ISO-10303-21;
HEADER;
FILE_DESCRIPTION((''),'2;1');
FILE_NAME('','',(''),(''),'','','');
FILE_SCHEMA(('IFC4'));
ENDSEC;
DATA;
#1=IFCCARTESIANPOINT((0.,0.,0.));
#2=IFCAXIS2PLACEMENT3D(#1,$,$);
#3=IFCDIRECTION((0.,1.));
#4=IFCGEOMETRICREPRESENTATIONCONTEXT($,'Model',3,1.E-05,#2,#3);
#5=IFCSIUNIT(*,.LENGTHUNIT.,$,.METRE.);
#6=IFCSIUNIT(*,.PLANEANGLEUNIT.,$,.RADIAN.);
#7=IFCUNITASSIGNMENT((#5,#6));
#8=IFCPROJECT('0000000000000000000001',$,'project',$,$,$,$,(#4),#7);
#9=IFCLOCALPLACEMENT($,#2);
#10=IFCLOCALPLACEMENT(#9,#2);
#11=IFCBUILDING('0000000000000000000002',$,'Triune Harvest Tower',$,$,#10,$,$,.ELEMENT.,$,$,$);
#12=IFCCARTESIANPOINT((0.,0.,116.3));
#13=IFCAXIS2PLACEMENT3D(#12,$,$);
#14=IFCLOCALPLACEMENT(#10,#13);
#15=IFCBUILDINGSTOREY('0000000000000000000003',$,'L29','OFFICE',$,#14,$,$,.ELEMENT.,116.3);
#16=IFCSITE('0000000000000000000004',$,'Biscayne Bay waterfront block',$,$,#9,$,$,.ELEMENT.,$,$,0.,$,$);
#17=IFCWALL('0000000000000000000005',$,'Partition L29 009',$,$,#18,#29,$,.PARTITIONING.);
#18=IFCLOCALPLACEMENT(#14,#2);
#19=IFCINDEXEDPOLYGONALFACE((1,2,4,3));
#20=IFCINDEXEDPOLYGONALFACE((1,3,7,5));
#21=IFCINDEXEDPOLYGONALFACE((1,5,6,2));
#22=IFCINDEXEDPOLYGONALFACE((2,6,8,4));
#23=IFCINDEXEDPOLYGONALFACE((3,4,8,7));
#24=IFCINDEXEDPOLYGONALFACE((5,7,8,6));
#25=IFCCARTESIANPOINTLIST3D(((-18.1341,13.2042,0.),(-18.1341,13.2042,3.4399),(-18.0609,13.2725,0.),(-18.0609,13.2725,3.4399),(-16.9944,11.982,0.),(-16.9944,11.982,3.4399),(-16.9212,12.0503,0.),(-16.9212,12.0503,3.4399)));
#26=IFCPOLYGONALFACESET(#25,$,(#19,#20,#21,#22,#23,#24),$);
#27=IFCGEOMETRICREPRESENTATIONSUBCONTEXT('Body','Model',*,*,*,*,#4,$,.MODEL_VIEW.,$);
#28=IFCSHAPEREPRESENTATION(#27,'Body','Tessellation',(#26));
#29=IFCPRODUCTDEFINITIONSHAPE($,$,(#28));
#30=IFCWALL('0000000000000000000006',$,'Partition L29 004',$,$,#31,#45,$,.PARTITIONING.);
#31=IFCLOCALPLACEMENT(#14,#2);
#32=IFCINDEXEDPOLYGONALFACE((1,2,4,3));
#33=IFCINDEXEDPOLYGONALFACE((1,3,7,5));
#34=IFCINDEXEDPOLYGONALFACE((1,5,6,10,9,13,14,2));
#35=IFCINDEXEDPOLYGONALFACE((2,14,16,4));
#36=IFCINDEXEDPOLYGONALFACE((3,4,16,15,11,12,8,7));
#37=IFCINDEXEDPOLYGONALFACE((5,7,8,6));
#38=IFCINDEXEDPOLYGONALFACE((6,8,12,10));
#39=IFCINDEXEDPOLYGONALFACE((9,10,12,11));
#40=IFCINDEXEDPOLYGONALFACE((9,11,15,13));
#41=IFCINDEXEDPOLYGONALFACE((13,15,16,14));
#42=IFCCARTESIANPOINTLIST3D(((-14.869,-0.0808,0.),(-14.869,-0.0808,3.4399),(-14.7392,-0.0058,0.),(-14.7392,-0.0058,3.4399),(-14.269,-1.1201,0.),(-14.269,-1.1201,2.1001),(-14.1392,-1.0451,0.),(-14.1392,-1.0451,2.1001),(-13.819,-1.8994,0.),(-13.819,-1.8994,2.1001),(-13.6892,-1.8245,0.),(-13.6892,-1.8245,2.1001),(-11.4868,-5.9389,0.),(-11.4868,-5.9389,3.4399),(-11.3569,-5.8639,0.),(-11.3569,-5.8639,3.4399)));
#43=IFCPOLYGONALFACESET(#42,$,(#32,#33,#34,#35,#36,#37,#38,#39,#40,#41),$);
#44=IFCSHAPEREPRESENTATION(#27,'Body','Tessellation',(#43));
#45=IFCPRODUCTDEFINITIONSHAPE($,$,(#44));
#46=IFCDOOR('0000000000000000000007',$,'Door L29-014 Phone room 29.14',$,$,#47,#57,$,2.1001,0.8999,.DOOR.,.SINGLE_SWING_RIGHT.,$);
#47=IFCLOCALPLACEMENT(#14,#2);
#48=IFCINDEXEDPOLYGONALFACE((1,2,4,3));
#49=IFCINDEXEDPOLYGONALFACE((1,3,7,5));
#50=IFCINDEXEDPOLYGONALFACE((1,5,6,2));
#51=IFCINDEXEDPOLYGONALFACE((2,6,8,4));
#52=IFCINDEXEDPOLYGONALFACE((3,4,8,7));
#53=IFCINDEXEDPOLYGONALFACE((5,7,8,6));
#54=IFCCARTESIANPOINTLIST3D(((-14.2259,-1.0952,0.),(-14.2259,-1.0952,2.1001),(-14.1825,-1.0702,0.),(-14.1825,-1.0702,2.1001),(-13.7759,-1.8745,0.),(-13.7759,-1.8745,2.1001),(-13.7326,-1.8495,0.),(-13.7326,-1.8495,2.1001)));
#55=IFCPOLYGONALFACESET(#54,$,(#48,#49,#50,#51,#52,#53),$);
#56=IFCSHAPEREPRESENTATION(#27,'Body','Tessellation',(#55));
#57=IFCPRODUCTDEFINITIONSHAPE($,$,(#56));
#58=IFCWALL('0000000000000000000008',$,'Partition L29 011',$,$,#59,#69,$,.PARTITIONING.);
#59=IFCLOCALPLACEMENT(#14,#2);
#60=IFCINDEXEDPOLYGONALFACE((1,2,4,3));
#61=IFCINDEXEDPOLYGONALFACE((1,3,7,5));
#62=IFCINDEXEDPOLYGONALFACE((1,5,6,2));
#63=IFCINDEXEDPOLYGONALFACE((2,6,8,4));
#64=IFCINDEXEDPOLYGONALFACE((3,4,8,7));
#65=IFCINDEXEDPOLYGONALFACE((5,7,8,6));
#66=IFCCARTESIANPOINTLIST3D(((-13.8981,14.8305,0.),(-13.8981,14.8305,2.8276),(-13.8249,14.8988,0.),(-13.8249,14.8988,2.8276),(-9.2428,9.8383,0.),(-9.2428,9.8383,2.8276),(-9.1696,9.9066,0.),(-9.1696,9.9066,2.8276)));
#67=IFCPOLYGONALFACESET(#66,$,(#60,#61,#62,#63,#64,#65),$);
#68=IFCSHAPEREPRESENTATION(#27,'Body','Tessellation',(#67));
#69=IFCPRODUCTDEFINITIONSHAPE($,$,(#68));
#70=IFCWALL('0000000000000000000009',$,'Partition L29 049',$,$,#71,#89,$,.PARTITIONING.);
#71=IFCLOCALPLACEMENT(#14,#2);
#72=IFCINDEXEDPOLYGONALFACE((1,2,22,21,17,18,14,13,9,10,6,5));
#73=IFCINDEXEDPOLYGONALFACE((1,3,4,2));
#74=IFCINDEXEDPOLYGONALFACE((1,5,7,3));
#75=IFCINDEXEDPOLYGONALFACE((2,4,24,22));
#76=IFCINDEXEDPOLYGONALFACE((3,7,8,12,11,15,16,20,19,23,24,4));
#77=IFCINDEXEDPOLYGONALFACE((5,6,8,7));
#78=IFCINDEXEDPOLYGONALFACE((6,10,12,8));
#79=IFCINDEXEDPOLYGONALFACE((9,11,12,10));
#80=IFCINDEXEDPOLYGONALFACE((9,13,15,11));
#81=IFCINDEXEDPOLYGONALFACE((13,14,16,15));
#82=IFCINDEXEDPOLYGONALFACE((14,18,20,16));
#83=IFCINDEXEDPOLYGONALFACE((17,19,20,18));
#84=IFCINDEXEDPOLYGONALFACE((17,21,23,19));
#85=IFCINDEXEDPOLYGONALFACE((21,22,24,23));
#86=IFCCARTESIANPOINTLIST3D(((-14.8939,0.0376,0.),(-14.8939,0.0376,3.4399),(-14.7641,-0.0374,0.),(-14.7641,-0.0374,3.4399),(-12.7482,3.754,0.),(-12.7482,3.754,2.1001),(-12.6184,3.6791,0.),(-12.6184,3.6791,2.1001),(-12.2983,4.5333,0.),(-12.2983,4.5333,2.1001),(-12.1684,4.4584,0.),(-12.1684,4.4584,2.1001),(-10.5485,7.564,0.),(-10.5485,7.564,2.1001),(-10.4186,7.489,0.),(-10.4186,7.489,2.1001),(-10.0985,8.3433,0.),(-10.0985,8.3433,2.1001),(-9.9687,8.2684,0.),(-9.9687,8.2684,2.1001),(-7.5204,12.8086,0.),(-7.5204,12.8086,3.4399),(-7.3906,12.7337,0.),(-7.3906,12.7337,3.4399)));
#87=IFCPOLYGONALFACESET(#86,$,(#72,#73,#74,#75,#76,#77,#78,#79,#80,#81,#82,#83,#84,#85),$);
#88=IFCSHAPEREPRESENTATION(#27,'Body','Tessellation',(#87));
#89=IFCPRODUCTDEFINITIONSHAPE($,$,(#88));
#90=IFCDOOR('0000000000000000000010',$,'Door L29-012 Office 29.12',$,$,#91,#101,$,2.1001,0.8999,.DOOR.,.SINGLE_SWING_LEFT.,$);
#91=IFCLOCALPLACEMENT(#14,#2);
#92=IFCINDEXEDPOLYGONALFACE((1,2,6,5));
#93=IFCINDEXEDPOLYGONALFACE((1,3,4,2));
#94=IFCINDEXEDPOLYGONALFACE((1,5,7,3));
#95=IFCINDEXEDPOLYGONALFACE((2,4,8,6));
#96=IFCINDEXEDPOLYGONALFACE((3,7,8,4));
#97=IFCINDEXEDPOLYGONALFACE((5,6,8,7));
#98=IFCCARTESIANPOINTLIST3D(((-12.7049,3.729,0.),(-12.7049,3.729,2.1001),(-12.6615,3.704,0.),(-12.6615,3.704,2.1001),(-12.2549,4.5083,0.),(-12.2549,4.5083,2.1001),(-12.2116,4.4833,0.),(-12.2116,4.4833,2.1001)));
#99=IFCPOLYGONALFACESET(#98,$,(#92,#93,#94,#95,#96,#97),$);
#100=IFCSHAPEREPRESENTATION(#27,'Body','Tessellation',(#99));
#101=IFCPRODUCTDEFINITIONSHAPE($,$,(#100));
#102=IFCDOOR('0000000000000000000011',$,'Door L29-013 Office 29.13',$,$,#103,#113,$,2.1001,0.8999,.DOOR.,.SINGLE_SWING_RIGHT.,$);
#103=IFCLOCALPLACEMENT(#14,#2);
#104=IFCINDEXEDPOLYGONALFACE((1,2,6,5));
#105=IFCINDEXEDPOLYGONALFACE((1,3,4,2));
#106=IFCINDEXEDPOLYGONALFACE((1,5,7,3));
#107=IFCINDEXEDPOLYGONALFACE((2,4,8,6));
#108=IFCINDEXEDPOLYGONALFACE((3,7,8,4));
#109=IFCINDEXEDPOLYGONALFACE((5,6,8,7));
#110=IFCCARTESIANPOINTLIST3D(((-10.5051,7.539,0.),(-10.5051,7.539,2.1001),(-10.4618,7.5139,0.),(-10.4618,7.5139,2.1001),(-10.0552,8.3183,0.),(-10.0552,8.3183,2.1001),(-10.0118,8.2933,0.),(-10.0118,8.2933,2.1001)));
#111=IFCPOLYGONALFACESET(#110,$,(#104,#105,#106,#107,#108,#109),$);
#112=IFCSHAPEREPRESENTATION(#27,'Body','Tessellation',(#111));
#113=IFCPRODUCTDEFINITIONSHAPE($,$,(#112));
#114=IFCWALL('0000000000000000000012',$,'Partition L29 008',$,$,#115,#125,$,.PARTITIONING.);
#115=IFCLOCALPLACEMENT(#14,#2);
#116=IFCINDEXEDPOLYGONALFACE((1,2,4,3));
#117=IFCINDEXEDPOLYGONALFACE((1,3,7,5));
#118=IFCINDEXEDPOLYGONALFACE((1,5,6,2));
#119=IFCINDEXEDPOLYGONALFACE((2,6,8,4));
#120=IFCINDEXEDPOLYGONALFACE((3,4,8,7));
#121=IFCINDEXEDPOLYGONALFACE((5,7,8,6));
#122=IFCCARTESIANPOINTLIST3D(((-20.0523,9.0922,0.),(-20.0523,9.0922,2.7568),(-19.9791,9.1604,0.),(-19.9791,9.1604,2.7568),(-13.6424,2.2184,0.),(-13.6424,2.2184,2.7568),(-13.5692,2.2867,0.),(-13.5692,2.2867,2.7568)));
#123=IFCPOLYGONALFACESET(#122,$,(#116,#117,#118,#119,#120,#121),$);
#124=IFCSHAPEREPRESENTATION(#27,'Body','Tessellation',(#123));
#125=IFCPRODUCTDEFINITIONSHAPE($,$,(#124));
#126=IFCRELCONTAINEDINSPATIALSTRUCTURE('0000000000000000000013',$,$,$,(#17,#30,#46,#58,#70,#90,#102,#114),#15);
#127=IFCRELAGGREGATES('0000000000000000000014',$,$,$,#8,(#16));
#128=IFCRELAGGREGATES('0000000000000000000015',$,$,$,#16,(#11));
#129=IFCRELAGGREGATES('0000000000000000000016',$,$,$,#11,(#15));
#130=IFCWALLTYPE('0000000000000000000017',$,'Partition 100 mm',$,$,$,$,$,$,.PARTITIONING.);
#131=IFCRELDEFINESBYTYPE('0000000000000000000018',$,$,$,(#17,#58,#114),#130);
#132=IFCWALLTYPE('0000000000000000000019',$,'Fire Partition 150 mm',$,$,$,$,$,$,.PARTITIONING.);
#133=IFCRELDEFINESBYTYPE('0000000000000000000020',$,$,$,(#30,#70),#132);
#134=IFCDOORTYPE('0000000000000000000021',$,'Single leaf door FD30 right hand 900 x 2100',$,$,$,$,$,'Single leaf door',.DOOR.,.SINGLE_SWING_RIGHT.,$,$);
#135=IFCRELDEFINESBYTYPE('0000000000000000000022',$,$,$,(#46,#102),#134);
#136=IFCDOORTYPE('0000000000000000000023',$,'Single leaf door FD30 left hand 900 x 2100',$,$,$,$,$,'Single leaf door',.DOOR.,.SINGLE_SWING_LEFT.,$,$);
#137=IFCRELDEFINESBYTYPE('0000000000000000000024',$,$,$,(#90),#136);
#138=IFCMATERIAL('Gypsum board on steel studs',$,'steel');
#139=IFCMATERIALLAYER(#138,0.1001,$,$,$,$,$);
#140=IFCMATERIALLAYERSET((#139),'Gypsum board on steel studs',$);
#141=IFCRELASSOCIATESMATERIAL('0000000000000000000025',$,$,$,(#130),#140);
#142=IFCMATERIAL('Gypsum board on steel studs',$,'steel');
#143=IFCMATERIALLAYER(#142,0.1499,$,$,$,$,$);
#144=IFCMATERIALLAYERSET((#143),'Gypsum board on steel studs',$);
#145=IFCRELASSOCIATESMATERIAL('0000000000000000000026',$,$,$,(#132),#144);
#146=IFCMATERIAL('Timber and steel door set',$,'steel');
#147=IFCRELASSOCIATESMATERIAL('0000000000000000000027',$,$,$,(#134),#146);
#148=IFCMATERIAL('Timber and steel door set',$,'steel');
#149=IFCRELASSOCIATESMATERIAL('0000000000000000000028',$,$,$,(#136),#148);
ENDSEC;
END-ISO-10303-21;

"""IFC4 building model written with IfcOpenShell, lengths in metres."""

from ifc_helpers import new_model, si_unit, direction, frame, frame_2d, origin, place, context, subcontext, project, spatial, rectangle, extrude, source, transform, mapped, material, layer, layer_set, type_object, element, fill, save


model = new_model("IFC4")

# Units and contexts
model_context = context("Model", 3, precision=1e-05, world=origin(), true_north=direction((0.0, 1.0)))
body_context = subcontext(model_context, "Body", "Model", "MODEL_VIEW")
ifc_project = project(units=[si_unit("LENGTHUNIT", "METRE"), si_unit("PLANEANGLEUNIT", "RADIAN")], contexts=[model_context])

# Site, building, storey
site_placement = place(None, origin())
site = spatial("IfcSite", under=ifc_project, at=site_placement, Name="Biscayne Bay waterfront block", CompositionType="ELEMENT", RefElevation=0.0)
building_placement = place(site_placement, origin())
building = spatial("IfcBuilding", under=site, at=building_placement, Name="Triune Harvest Tower", CompositionType="ELEMENT")
storey_placement = place(building_placement, frame((0.0, 0.0, 116.3)))
storey = spatial("IfcBuildingStorey", under=building, at=storey_placement, Name="L29", Description="OFFICE", CompositionType="ELEMENT", Elevation=116.3)

# Wall
ifc_material_1 = material(Name="Gypsum board on steel studs", Category="steel")
ifc_layer_1 = layer(ifc_material_1, 0.1001)
ifc_layer_set_1 = layer_set([ifc_layer_1], Name="Gypsum board on steel studs")
wall_type_1 = type_object("IfcWallType", Name="Partition 100 mm", PredefinedType="PARTITIONING", material=ifc_layer_set_1)
shared_shape_1 = source(origin(), body_context, "Body", "SweptSolid", [
    extrude(rectangle(XDim=1.6711, YDim=0.1001, at=frame_2d((0.8354, 0.0))), origin(), (0.0, 0.0, 1.0), 3.4399),
])
wall_1_placement = place(storey_placement, frame((-18.0974, 13.2383, 0.0), z_axis=(0.0, 0.0, 1.0), x_axis=(0.681985, -0.731366, 0.0)))
element("IfcWall", 1, at=wall_1_placement, inside=storey, type_object=wall_type_1, Name="Partition L29 009", PredefinedType="PARTITIONING", context=body_context, shape_type="MappedRepresentation", body=[
    mapped(shared_shape_1, transform((0.0, 0.0, 0.0), scale=1.0)),
])

# Wall, opening, door
ifc_material_2 = material(Name="Gypsum board on steel studs", Category="steel")
ifc_layer_2 = layer(ifc_material_2, 0.1499)
ifc_layer_set_2 = layer_set([ifc_layer_2], Name="Gypsum board on steel studs")
wall_type_2 = type_object("IfcWallType", Name="Fire Partition 150 mm", PredefinedType="PARTITIONING", material=ifc_layer_set_2)
shared_shape_2 = source(origin(), body_context, "Body", "SweptSolid", [
    extrude(rectangle(XDim=6.7644, YDim=0.1499, at=frame_2d((3.3823, 0.0))), origin(), (0.0, 0.0, 1.0), 3.4399),
])
wall_2_placement = place(storey_placement, frame((-14.8042, -0.0432, 0.0), z_axis=(0.0, 0.0, 1.0), x_axis=(0.500013, -0.866018, 0.0)))
wall_2 = element("IfcWall", 2, at=wall_2_placement, inside=storey, type_object=wall_type_2, Name="Partition L29 004", PredefinedType="PARTITIONING", context=body_context, shape_type="MappedRepresentation", body=[
    mapped(shared_shape_2, transform((0.0, 0.0, 0.0), scale=1.0)),
])
opening_1_placement = place(wall_2_placement, frame((1.2002, 0.0, 0.0)))
opening_1 = element("IfcOpeningElement", 3, at=opening_1_placement, cuts=wall_2, PredefinedType="OPENING", context=body_context, shape_type="SweptSolid", body=[
    extrude(rectangle(XDim=0.8999, YDim=2.1001, at=frame_2d((0.45, 1.05))), frame((0.0, 0.085, 0.0), z_axis=(0.0, -1.0, 0.0), x_axis=(1.0, 0.0, 0.0)), (0.0, 0.0, 1.0), 0.1699),
])
ifc_material_3 = material(Name="Timber and steel door set", Category="steel")
door_type_1 = type_object("IfcDoorType", Name="Single leaf door FD30 right hand 900 x 2100", ElementType="Single leaf door", OperationType="SINGLE_SWING_RIGHT", PredefinedType="DOOR", material=ifc_material_3)
door_1_placement = place(opening_1_placement, origin())
door_1 = element("IfcDoor", 4, at=door_1_placement, inside=storey, type_object=door_type_1, Name="Door L29-014 Phone room 29.14", OperationType="SINGLE_SWING_RIGHT", OverallHeight=2.1001, OverallWidth=0.8999, PredefinedType="DOOR", context=body_context, shape_type="SweptSolid", body=[
    extrude(rectangle(XDim=0.8999, YDim=2.1001, at=frame_2d((0.45, 1.05))), frame((0.0, 0.0249, 0.0), z_axis=(0.0, -1.0, 0.0), x_axis=(1.0, 0.0, 0.0)), (0.0, 0.0, 1.0), 0.05),
])
fill(opening_1, door_1)

# Wall
shared_shape_3 = source(origin(), body_context, "Body", "SweptSolid", [
    extrude(rectangle(XDim=6.8259, YDim=0.1001, at=frame_2d((3.4131, 0.0))), origin(), (0.0, 0.0, 1.0), 2.8276),
])
wall_3_placement = place(storey_placement, frame((-13.8616, 14.8647, 0.0), z_axis=(0.0, 0.0, 1.0), x_axis=(0.681997, -0.731355, 0.0)))
element("IfcWall", 5, at=wall_3_placement, inside=storey, type_object=wall_type_1, Name="Partition L29 011", PredefinedType="PARTITIONING", context=body_context, shape_type="MappedRepresentation", body=[
    mapped(shared_shape_3, transform((0.0, 0.0, 0.0), scale=1.0)),
])

# Wall, openings, doors
shared_shape_4 = source(origin(), body_context, "Body", "SweptSolid", [
    extrude(rectangle(XDim=14.7468, YDim=0.1499, at=frame_2d((7.3735, 0.0))), origin(), (0.0, 0.0, 1.0), 3.4399),
])
wall_4_placement = place(storey_placement, frame((-14.8291, 0.0, 0.0), z_axis=(0.0, 0.0, 1.0), x_axis=(0.50001, 0.86602, 0.0)))
wall_4 = element("IfcWall", 6, at=wall_4_placement, inside=storey, type_object=wall_type_2, Name="Partition L29 049", PredefinedType="PARTITIONING", context=body_context, shape_type="MappedRepresentation", body=[
    mapped(shared_shape_4, transform((0.0, 0.0, 0.0), scale=1.0)),
])
opening_2_placement = place(wall_4_placement, frame((4.2915, 0.0, 0.0)))
opening_2 = element("IfcOpeningElement", 7, at=opening_2_placement, cuts=wall_4, PredefinedType="OPENING", context=body_context, shape_type="SweptSolid", body=[
    extrude(rectangle(XDim=0.8999, YDim=2.1001, at=frame_2d((0.45, 1.05))), frame((0.0, 0.085, 0.0), z_axis=(0.0, -1.0, 0.0), x_axis=(1.0, 0.0, 0.0)), (0.0, 0.0, 1.0), 0.1699),
])
opening_3_placement = place(wall_4_placement, frame((8.6909, 0.0, 0.0)))
opening_3 = element("IfcOpeningElement", 8, at=opening_3_placement, cuts=wall_4, PredefinedType="OPENING", context=body_context, shape_type="SweptSolid", body=[
    extrude(rectangle(XDim=0.8999, YDim=2.1001, at=frame_2d((0.45, 1.05))), frame((0.0, 0.085, 0.0), z_axis=(0.0, -1.0, 0.0), x_axis=(1.0, 0.0, 0.0)), (0.0, 0.0, 1.0), 0.1699),
])
ifc_material_4 = material(Name="Timber and steel door set", Category="steel")
door_type_2 = type_object("IfcDoorType", Name="Single leaf door FD30 left hand 900 x 2100", ElementType="Single leaf door", OperationType="SINGLE_SWING_LEFT", PredefinedType="DOOR", material=ifc_material_4)
door_2_placement = place(opening_2_placement, origin())
door_2 = element("IfcDoor", 9, at=door_2_placement, inside=storey, type_object=door_type_2, Name="Door L29-012 Office 29.12", OperationType="SINGLE_SWING_LEFT", OverallHeight=2.1001, OverallWidth=0.8999, PredefinedType="DOOR", context=body_context, shape_type="SweptSolid", body=[
    extrude(rectangle(XDim=0.8999, YDim=2.1001, at=frame_2d((0.45, 1.05))), frame((0.0, 0.0249, 0.0), z_axis=(0.0, -1.0, 0.0), x_axis=(1.0, 0.0, 0.0)), (0.0, 0.0, 1.0), 0.05),
])
fill(opening_2, door_2)
door_3_placement = place(opening_3_placement, origin())
door_3 = element("IfcDoor", 10, at=door_3_placement, inside=storey, type_object=door_type_1, Name="Door L29-013 Office 29.13", OperationType="SINGLE_SWING_RIGHT", OverallHeight=2.1001, OverallWidth=0.8999, PredefinedType="DOOR", context=body_context, shape_type="SweptSolid", body=[
    extrude(rectangle(XDim=0.8999, YDim=2.1001, at=frame_2d((0.45, 1.05))), frame((0.0, 0.0249, 0.0), z_axis=(0.0, -1.0, 0.0), x_axis=(1.0, 0.0, 0.0)), (0.0, 0.0, 1.0), 0.05),
])
fill(opening_3, door_3)

# Wall
shared_shape_5 = source(origin(), body_context, "Body", "SweptSolid", [
    extrude(rectangle(XDim=9.3987, YDim=0.1001, at=frame_2d((4.6992, 0.0))), origin(), (0.0, 0.0, 1.0), 2.7568),
])
wall_5_placement = place(storey_placement, frame((-20.0156, 9.1262, 0.0), z_axis=(0.0, 0.0, 1.0), x_axis=(0.681999, -0.731353, 0.0)))
element("IfcWall", 11, at=wall_5_placement, inside=storey, type_object=wall_type_1, Name="Partition L29 008", PredefinedType="PARTITIONING", context=body_context, shape_type="MappedRepresentation", body=[
    mapped(shared_shape_5, transform((0.0, 0.0, 0.0), scale=1.0)),
])

save(model, "model.ifc")
